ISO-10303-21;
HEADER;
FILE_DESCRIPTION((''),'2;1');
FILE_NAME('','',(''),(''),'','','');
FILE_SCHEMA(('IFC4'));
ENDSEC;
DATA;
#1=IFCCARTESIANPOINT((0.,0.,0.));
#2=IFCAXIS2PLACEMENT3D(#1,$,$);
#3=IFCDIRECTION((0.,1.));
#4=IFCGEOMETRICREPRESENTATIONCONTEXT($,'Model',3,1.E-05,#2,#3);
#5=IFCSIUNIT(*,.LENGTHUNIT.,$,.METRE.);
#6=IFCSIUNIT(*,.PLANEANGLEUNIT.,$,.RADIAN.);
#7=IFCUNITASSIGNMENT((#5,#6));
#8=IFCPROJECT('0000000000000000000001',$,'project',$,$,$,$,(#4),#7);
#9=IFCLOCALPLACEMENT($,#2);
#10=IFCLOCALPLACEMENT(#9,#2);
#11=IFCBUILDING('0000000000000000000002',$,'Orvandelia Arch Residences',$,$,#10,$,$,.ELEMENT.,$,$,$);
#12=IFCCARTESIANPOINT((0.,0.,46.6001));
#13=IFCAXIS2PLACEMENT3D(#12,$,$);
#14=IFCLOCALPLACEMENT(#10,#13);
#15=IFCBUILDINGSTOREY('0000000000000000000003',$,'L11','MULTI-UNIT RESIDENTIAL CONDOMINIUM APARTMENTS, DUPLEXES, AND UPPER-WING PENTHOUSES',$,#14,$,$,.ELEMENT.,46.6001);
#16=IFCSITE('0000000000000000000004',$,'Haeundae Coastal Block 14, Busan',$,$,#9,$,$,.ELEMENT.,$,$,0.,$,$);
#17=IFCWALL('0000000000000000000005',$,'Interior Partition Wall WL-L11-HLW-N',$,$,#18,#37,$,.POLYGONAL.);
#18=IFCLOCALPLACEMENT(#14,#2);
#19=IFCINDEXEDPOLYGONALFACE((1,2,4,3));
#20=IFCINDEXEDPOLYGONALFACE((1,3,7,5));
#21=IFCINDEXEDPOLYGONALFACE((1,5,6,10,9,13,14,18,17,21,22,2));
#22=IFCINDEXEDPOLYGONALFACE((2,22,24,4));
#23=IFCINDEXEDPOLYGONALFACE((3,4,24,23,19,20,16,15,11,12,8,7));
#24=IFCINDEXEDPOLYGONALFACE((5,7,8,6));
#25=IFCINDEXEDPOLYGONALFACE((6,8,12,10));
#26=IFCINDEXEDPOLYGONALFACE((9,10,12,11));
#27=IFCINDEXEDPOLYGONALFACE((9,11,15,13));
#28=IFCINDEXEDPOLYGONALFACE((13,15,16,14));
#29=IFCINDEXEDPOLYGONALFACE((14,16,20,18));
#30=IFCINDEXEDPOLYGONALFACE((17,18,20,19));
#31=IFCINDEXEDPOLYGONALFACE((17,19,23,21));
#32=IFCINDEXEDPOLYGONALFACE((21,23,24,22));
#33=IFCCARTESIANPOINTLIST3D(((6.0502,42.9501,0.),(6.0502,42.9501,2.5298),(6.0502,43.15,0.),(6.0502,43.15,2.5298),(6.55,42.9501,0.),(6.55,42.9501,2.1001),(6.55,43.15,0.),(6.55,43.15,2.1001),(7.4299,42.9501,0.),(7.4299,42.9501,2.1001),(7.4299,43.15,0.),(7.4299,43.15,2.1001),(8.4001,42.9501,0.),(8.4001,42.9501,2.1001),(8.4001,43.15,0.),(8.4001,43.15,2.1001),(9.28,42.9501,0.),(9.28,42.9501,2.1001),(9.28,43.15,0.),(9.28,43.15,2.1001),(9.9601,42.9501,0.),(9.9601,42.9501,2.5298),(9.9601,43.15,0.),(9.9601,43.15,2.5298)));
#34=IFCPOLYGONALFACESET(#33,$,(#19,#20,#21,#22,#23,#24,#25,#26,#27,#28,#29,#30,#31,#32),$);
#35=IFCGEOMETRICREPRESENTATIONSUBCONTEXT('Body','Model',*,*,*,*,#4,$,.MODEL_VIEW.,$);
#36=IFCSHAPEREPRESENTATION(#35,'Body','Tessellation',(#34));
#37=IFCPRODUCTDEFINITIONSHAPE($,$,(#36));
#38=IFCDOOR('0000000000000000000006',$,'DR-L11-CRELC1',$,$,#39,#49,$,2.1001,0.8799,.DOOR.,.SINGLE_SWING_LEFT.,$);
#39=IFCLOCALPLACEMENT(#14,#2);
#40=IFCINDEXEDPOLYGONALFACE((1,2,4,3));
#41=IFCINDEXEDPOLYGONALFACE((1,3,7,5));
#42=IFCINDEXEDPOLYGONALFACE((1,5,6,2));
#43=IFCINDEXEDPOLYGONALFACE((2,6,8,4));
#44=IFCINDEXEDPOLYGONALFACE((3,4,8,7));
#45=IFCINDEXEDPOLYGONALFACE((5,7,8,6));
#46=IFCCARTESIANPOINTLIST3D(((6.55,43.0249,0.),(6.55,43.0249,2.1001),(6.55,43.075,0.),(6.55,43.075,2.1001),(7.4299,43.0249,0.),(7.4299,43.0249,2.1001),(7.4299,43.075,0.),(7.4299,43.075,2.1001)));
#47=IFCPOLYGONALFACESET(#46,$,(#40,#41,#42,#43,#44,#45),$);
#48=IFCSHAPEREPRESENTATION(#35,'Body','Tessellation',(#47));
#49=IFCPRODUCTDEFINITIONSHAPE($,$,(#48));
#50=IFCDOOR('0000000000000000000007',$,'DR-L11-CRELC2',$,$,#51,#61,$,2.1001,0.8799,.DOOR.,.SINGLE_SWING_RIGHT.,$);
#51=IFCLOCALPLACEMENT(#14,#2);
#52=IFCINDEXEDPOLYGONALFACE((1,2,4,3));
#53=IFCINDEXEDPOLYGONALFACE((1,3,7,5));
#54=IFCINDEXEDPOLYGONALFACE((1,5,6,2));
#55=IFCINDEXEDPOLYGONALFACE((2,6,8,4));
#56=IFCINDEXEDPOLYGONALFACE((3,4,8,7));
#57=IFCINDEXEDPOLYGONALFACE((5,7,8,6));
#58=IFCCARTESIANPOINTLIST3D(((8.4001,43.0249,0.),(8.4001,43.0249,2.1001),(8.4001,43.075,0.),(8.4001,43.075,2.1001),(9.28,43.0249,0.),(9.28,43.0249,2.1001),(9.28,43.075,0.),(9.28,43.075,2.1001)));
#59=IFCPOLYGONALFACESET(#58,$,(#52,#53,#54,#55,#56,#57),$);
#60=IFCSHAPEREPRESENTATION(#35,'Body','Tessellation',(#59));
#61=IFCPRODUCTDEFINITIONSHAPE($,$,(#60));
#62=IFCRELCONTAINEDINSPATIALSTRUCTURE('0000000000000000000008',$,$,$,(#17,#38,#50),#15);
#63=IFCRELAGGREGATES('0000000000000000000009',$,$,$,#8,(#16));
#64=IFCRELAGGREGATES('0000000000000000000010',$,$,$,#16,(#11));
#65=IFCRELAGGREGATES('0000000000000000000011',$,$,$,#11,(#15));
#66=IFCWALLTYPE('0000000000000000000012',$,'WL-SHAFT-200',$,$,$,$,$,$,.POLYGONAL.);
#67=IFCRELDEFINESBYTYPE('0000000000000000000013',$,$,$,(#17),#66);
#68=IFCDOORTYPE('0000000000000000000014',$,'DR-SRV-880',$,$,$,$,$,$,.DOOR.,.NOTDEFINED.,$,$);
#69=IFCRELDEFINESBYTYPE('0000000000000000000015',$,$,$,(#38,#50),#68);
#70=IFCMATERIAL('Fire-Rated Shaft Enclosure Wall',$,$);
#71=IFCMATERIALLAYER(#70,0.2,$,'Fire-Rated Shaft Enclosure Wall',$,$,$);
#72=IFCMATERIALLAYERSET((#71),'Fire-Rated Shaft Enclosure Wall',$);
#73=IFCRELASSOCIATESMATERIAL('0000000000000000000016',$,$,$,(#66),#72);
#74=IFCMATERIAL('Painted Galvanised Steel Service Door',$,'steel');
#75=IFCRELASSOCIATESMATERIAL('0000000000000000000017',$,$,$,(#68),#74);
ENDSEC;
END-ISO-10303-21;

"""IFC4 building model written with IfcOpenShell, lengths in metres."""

from ifc_helpers import new_model, si_unit, direction, frame, frame_2d, origin, place, context, subcontext, project, spatial, rectangle, extrude, material, layer, layer_set, type_object, element, fill, save


model = new_model("IFC4")

# Units and contexts
model_context = context("Model", 3, precision=1e-05, world=origin(), true_north=direction((0.0, 1.0)))
body_context = subcontext(model_context, "Body", "Model", "MODEL_VIEW")
ifc_project = project(units=[si_unit("LENGTHUNIT", "METRE"), si_unit("PLANEANGLEUNIT", "RADIAN")], contexts=[model_context])

# Site, building, storey
site_placement = place(None, origin())
site = spatial("IfcSite", under=ifc_project, at=site_placement, Name="Haeundae Coastal Block 14, Busan", CompositionType="ELEMENT", RefElevation=0.0)
building_placement = place(site_placement, origin())
building = spatial("IfcBuilding", under=site, at=building_placement, Name="Orvandelia Arch Residences", CompositionType="ELEMENT")
storey_placement = place(building_placement, frame((0.0, 0.0, 46.6001)))
storey = spatial("IfcBuildingStorey", under=building, at=storey_placement, Name="L11", Description="MULTI-UNIT RESIDENTIAL CONDOMINIUM APARTMENTS, DUPLEXES, AND UPPER-WING PENTHOUSES", CompositionType="ELEMENT", Elevation=46.6001)

# Wall, openings, doors
ifc_material_1 = material(Name="Fire-Rated Shaft Enclosure Wall")
ifc_layer_1 = layer(ifc_material_1, 0.2, Name="Fire-Rated Shaft Enclosure Wall")
ifc_layer_set_1 = layer_set([ifc_layer_1], Name="Fire-Rated Shaft Enclosure Wall")
wall_type_1 = type_object("IfcWallType", Name="WL-SHAFT-200", PredefinedType="POLYGONAL", material=ifc_layer_set_1)
wall_1_placement = place(storey_placement, frame((6.05, 43.05, 0.0), z_axis=(0.0, 0.0, 1.0), x_axis=(1.0, 0.0, 0.0)))
wall_1 = element("IfcWall", 1, at=wall_1_placement, inside=storey, type_object=wall_type_1, Name="Interior Partition Wall WL-L11-HLW-N", PredefinedType="POLYGONAL", context=body_context, shape_type="SweptSolid", body=[
    extrude(rectangle(XDim=3.9099, YDim=0.2, at=frame_2d((1.9551, 0.0))), origin(), (0.0, 0.0, 1.0), 2.5298),
])
opening_1_placement = place(wall_1_placement, frame((0.5, 0.0, 0.0)))
opening_1 = element("IfcOpeningElement", 2, at=opening_1_placement, cuts=wall_1, PredefinedType="OPENING", context=body_context, shape_type="SweptSolid", body=[
    extrude(rectangle(XDim=0.8799, YDim=2.1001, at=frame_2d((0.4399, 1.05))), frame((0.0, 0.1099, 0.0), z_axis=(0.0, -1.0, 0.0), x_axis=(1.0, 0.0, 0.0)), (0.0, 0.0, 1.0), 0.22),
])
opening_2_placement = place(wall_1_placement, frame((2.3501, 0.0, 0.0)))
opening_2 = element("IfcOpeningElement", 3, at=opening_2_placement, cuts=wall_1, PredefinedType="OPENING", context=body_context, shape_type="SweptSolid", body=[
    extrude(rectangle(XDim=0.8799, YDim=2.1001, at=frame_2d((0.4399, 1.05))), frame((0.0, 0.1099, 0.0), z_axis=(0.0, -1.0, 0.0), x_axis=(1.0, 0.0, 0.0)), (0.0, 0.0, 1.0), 0.22),
])
ifc_material_2 = material(Name="Painted Galvanised Steel Service Door", Category="steel")
door_type = type_object("IfcDoorType", Name="DR-SRV-880", OperationType="NOTDEFINED", PredefinedType="DOOR", material=ifc_material_2)
door_1_placement = place(opening_1_placement, origin())
door_1 = element("IfcDoor", 4, at=door_1_placement, inside=storey, type_object=door_type, Name="DR-L11-CRELC1", OperationType="SINGLE_SWING_LEFT", OverallHeight=2.1001, OverallWidth=0.8799, PredefinedType="DOOR", context=body_context, shape_type="SweptSolid", body=[
    extrude(rectangle(XDim=0.8799, YDim=2.1001, at=frame_2d((0.4399, 1.05))), frame((0.0, 0.0249, 0.0), z_axis=(0.0, -1.0, 0.0), x_axis=(1.0, 0.0, 0.0)), (0.0, 0.0, 1.0), 0.05),
])
fill(opening_1, door_1)
door_2_placement = place(opening_2_placement, origin())
door_2 = element("IfcDoor", 5, at=door_2_placement, inside=storey, type_object=door_type, Name="DR-L11-CRELC2", OperationType="SINGLE_SWING_RIGHT", OverallHeight=2.1001, OverallWidth=0.8799, PredefinedType="DOOR", context=body_context, shape_type="SweptSolid", body=[
    extrude(rectangle(XDim=0.8799, YDim=2.1001, at=frame_2d((0.4399, 1.05))), frame((0.0, 0.0249, 0.0), z_axis=(0.0, -1.0, 0.0), x_axis=(1.0, 0.0, 0.0)), (0.0, 0.0, 1.0), 0.05),
])
fill(opening_2, door_2)

save(model, "model.ifc")
